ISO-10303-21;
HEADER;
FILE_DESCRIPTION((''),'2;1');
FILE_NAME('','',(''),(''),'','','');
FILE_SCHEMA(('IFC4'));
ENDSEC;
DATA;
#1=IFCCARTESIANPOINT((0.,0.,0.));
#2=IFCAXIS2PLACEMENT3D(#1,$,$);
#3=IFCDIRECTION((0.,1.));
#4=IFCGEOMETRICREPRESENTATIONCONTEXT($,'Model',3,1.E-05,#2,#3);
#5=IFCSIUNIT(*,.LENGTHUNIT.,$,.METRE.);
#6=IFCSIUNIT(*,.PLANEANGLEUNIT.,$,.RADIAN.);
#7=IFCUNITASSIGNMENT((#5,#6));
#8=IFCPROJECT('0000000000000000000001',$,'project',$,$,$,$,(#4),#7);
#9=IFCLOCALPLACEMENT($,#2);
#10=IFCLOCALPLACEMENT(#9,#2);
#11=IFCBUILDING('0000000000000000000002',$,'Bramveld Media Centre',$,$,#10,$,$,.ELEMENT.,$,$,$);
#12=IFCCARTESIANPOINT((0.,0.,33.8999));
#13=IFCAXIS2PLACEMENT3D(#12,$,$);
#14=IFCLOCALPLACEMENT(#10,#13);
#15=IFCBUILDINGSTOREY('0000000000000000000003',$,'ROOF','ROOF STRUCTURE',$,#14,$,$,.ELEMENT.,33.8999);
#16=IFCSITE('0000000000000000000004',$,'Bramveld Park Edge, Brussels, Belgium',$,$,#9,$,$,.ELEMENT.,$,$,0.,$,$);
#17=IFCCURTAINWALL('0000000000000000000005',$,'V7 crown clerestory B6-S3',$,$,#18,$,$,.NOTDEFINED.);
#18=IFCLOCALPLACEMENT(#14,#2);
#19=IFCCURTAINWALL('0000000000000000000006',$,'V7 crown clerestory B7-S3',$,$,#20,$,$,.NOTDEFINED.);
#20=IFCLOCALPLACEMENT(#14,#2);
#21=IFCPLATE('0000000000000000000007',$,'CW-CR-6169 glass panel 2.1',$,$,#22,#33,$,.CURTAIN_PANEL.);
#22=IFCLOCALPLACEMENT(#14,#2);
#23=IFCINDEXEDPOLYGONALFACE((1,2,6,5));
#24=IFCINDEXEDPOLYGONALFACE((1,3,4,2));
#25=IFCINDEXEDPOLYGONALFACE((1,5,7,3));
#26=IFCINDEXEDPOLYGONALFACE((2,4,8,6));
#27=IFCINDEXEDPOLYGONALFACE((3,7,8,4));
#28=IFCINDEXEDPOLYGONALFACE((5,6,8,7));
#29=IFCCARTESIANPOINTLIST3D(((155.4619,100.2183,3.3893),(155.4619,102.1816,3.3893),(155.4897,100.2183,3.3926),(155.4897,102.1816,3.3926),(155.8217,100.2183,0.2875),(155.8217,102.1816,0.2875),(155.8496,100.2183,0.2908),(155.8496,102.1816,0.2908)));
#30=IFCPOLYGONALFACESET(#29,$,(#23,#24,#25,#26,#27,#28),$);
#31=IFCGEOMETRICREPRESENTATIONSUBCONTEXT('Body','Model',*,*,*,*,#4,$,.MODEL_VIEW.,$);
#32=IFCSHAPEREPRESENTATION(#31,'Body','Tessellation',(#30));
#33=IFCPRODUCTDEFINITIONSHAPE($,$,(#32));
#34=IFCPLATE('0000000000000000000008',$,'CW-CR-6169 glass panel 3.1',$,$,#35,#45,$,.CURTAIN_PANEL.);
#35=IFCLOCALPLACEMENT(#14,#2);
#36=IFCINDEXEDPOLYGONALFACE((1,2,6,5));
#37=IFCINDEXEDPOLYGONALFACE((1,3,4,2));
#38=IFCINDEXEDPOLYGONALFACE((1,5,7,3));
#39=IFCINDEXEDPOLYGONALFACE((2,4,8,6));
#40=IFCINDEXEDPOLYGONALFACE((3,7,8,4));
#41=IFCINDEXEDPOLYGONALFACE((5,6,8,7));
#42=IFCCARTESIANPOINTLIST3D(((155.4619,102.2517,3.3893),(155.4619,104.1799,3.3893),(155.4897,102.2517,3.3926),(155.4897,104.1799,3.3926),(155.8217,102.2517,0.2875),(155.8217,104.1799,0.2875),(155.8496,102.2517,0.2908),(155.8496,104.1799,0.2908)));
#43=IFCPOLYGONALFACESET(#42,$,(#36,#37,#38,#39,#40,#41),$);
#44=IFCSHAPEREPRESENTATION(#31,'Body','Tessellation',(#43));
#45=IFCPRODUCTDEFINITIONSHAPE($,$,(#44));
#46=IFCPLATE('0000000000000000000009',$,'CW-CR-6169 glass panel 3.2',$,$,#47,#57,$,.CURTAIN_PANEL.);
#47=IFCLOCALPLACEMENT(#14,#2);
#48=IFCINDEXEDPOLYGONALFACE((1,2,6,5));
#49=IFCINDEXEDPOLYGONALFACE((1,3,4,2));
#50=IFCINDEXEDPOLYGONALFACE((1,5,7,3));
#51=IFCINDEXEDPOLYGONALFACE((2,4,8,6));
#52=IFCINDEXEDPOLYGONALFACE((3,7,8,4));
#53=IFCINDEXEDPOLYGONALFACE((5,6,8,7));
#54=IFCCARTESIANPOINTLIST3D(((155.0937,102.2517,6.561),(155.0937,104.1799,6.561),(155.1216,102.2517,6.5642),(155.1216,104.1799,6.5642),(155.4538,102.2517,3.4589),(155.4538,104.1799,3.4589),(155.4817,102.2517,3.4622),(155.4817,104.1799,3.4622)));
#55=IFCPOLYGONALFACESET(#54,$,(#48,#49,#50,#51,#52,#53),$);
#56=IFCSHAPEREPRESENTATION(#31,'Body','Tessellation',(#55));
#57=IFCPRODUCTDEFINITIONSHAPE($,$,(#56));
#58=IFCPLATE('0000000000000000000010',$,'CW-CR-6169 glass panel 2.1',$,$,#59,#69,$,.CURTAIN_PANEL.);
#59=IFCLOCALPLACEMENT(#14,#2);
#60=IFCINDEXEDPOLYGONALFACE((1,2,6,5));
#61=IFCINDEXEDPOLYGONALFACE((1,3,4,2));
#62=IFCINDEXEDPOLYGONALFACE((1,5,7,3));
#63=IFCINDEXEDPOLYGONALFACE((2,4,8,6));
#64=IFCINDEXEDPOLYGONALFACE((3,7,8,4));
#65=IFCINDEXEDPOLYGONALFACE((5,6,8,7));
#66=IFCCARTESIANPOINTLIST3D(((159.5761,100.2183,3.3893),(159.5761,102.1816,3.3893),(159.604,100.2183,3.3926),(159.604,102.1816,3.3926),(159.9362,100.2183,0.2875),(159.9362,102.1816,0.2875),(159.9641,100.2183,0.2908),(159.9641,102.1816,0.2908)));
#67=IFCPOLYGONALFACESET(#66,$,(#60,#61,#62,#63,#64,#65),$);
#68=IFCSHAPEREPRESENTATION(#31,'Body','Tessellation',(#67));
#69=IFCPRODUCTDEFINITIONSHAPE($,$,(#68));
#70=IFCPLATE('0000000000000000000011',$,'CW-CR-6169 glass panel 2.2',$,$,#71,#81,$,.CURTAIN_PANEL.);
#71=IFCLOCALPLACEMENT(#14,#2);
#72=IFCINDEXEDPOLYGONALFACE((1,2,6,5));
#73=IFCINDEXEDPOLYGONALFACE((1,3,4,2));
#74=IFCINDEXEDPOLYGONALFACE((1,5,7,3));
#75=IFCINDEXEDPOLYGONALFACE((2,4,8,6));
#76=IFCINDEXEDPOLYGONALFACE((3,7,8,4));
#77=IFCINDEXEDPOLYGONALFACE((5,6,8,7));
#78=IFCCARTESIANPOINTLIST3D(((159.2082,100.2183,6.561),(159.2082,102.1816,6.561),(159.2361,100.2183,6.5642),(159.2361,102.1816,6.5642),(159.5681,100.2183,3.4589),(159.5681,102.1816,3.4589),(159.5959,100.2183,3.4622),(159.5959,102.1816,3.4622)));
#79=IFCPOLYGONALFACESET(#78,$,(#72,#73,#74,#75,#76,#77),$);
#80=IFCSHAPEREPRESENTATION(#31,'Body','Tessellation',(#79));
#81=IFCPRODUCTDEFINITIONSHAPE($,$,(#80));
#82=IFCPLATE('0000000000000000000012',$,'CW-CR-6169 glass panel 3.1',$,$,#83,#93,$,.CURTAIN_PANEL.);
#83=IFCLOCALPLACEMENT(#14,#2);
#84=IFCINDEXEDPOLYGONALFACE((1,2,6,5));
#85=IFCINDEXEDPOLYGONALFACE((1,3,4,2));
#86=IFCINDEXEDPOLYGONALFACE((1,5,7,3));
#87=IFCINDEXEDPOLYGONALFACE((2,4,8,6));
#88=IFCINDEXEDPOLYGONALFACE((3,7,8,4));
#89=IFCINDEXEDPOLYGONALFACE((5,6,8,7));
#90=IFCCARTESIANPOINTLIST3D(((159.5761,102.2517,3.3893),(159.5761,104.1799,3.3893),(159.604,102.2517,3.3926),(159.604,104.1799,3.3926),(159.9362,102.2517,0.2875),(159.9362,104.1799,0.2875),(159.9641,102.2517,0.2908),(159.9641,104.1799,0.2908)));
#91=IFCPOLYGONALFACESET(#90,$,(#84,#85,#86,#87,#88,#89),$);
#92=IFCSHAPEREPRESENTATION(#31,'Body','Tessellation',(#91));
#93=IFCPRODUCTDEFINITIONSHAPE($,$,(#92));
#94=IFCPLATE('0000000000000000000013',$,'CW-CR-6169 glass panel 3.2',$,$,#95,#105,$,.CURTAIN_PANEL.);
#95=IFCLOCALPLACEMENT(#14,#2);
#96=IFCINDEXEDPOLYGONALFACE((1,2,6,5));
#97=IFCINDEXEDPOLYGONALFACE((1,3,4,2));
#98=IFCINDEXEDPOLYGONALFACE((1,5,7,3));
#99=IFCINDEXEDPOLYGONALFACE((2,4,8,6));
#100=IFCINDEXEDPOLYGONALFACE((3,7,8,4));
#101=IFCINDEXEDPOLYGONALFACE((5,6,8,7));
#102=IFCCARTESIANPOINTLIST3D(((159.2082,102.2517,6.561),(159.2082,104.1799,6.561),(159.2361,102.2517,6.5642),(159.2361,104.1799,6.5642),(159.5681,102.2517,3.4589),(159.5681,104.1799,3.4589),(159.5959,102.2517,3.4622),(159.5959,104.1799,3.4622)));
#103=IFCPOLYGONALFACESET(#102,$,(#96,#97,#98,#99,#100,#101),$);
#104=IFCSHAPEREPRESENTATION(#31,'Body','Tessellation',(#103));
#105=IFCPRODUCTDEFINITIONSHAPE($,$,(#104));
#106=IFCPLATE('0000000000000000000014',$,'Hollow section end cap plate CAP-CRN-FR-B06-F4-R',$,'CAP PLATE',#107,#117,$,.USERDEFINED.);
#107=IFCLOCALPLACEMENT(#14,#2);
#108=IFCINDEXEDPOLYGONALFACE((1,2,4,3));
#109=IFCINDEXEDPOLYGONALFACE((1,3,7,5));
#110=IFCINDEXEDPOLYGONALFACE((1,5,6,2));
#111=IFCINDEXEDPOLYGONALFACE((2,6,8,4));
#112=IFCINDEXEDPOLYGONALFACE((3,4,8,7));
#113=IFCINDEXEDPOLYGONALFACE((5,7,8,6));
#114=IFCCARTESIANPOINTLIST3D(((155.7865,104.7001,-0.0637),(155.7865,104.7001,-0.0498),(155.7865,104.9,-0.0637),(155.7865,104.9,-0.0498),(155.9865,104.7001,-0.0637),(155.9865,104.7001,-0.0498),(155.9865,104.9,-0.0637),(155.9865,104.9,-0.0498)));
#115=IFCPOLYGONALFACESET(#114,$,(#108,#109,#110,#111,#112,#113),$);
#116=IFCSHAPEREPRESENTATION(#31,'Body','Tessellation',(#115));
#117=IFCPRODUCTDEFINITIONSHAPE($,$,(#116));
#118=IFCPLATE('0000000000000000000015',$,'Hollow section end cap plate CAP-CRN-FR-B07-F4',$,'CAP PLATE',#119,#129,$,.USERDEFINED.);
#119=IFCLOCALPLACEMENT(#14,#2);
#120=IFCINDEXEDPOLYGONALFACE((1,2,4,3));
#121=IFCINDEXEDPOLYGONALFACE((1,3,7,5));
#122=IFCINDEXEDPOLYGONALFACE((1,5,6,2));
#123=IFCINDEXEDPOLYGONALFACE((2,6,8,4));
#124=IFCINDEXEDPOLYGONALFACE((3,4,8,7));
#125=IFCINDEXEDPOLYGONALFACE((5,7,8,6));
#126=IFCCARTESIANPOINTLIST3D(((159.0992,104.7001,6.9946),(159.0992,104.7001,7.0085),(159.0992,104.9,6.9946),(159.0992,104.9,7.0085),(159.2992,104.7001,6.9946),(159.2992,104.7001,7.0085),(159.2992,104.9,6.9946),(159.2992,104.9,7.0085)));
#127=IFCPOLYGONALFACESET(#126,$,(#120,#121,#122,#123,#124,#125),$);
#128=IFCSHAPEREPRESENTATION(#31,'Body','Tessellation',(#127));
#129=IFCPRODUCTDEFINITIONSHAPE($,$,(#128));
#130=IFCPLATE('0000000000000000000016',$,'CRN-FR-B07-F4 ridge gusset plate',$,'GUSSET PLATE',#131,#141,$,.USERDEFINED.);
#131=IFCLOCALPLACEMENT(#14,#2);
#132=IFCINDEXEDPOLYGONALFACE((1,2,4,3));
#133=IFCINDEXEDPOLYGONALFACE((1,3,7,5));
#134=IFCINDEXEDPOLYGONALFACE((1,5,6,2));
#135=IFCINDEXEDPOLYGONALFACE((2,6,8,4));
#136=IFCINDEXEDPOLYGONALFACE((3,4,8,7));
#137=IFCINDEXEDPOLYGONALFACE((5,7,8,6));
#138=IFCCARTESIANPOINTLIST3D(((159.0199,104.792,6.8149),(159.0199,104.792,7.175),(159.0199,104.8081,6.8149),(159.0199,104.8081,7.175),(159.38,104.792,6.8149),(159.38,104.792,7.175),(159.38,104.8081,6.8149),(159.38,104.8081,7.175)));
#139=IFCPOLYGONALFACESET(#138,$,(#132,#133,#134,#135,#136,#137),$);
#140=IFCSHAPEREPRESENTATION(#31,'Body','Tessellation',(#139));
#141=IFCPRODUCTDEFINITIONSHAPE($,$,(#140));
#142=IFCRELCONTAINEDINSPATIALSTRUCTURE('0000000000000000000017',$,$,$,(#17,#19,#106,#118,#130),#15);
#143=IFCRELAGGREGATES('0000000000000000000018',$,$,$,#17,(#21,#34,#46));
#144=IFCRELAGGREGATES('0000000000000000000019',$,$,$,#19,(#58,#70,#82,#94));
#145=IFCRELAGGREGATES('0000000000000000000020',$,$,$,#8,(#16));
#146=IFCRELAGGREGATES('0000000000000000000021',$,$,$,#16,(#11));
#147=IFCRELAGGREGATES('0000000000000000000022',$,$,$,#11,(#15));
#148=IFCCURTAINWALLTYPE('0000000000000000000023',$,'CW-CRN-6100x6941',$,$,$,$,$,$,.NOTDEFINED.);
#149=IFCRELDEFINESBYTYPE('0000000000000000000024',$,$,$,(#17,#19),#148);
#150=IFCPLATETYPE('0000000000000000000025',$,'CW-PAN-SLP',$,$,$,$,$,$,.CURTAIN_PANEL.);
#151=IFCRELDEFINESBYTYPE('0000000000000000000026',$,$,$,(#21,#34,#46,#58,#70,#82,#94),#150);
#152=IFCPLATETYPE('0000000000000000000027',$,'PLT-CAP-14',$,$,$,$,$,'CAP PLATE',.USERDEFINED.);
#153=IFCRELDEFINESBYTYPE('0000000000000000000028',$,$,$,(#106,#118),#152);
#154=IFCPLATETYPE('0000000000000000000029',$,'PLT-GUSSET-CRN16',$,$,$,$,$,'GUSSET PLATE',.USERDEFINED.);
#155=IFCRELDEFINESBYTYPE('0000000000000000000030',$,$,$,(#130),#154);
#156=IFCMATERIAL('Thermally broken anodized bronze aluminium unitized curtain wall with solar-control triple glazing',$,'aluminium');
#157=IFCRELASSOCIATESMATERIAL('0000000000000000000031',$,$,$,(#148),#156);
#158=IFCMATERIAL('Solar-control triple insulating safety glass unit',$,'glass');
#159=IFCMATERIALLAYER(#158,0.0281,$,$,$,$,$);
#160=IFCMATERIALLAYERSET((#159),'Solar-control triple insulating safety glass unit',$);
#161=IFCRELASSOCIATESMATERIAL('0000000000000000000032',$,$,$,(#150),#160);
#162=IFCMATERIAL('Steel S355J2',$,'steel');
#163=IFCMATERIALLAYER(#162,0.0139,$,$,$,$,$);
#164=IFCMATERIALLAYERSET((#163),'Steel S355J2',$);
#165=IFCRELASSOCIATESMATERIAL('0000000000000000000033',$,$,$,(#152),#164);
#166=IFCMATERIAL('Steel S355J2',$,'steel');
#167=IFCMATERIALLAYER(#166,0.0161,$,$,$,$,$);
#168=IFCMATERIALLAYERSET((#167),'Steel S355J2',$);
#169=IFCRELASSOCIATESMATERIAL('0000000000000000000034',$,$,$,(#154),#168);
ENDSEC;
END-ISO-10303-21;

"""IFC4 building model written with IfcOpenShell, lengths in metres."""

from ifc_helpers import new_model, si_unit, direction, frame, origin, origin_2d, place, context, subcontext, project, spatial, polyline, rectangle, outline, extrude, material, layer, layer_set, type_object, element, aggregate, save


model = new_model("IFC4")

# Units and contexts
model_context = context("Model", 3, precision=1e-05, world=origin(), true_north=direction((0.0, 1.0)))
body_context = subcontext(model_context, "Body", "Model", "MODEL_VIEW")
ifc_project = project(units=[si_unit("LENGTHUNIT", "METRE"), si_unit("PLANEANGLEUNIT", "RADIAN")], contexts=[model_context])

# Site, building, storey
site_placement = place(None, origin())
site = spatial("IfcSite", under=ifc_project, at=site_placement, Name="Bramveld Park Edge, Brussels, Belgium", CompositionType="ELEMENT", RefElevation=0.0)
building_placement = place(site_placement, origin())
building = spatial("IfcBuilding", under=site, at=building_placement, Name="Bramveld Media Centre", CompositionType="ELEMENT")
storey_placement = place(building_placement, frame((0.0, 0.0, 33.8999)))
storey = spatial("IfcBuildingStorey", under=building, at=storey_placement, Name="ROOF", Description="ROOF STRUCTURE", CompositionType="ELEMENT", Elevation=33.8999)

# Curtain walls
ifc_material_1 = material(Name="Thermally broken anodized bronze aluminium unitized curtain wall with solar-control triple glazing", Category="aluminium")
curtain_wall_type = type_object("IfcCurtainWallType", Name="CW-CRN-6100x6941", PredefinedType="NOTDEFINED", material=ifc_material_1)
curtain_wall_1_placement = place(storey_placement, origin())
curtain_wall_1 = element("IfcCurtainWall", 1, at=curtain_wall_1_placement, inside=storey, type_object=curtain_wall_type, Name="V7 crown clerestory B6-S3", PredefinedType="NOTDEFINED")
curtain_wall_2_placement = place(storey_placement, origin())
curtain_wall_2 = element("IfcCurtainWall", 2, at=curtain_wall_2_placement, inside=storey, type_object=curtain_wall_type, Name="V7 crown clerestory B7-S3", PredefinedType="NOTDEFINED")

# Plates
ifc_material_2 = material(Name="Solar-control triple insulating safety glass unit", Category="glass")
ifc_layer_1 = layer(ifc_material_2, 0.0281)
ifc_layer_set_1 = layer_set([ifc_layer_1], Name="Solar-control triple insulating safety glass unit")
plate_type_1 = type_object("IfcPlateType", Name="CW-PAN-SLP", PredefinedType="CURTAIN_PANEL", material=ifc_layer_set_1)
plate_1_placement = place(storey_placement, frame((155.8496, 100.2183, 0.2908), z_axis=(0.993337, 0.0, 0.115244), x_axis=(0.0, 1.0, 0.0)))
plate_1 = element("IfcPlate", 3, at=plate_1_placement, type_object=plate_type_1, Name="CW-CR-6169 glass panel 2.1", PredefinedType="CURTAIN_PANEL", context=body_context, shape_type="SweptSolid", body=[
    extrude(outline(polyline([(0.0, 0.0), (1.9634, 0.0), (1.9634, 3.1226), (0.0, 3.1226), (0.0, 0.0)])), origin(), (0.0, 0.0, -1.0), 0.0281),
])
plate_2_placement = place(storey_placement, frame((155.8496, 102.2517, 0.2908), z_axis=(0.993337, 0.0, 0.115244), x_axis=(0.0, 1.0, 0.0)))
plate_2 = element("IfcPlate", 4, at=plate_2_placement, type_object=plate_type_1, Name="CW-CR-6169 glass panel 3.1", PredefinedType="CURTAIN_PANEL", context=body_context, shape_type="SweptSolid", body=[
    extrude(outline(polyline([(0.0, 0.0), (1.9282, 0.0), (1.9282, 3.1226), (0.0, 3.1226), (0.0, 0.0)])), origin(), (0.0, 0.0, -1.0), 0.0281),
])
plate_3_placement = place(storey_placement, frame((155.4817, 102.2517, 3.4622), z_axis=(0.993329, 0.0, 0.115313), x_axis=(0.0, 1.0, 0.0)))
plate_3 = element("IfcPlate", 5, at=plate_3_placement, type_object=plate_type_1, Name="CW-CR-6169 glass panel 3.2", PredefinedType="CURTAIN_PANEL", context=body_context, shape_type="SweptSolid", body=[
    extrude(outline(polyline([(0.0, 0.0), (1.9282, 0.0), (1.9282, 3.1229), (0.0, 3.1229), (0.0, 0.0)])), origin(), (0.0, 0.0, -1.0), 0.0281),
])
aggregate(curtain_wall_1, [plate_1, plate_2, plate_3])
plate_4_placement = place(storey_placement, frame((159.9641, 100.2183, 0.2908), z_axis=(0.993328, 0.0, 0.115321), x_axis=(0.0, 1.0, 0.0)))
plate_4 = element("IfcPlate", 6, at=plate_4_placement, type_object=plate_type_1, Name="CW-CR-6169 glass panel 2.1", PredefinedType="CURTAIN_PANEL", context=body_context, shape_type="SweptSolid", body=[
    extrude(outline(polyline([(0.0, 0.0), (1.9634, 0.0), (1.9634, 3.1226), (0.0, 3.1226), (0.0, 0.0)])), origin(), (0.0, 0.0, -1.0), 0.0281),
])
plate_5_placement = place(storey_placement, frame((159.5959, 100.2183, 3.4622), z_axis=(0.993338, 0.0, 0.115235), x_axis=(0.0, 1.0, 0.0)))
plate_5 = element("IfcPlate", 7, at=plate_5_placement, type_object=plate_type_1, Name="CW-CR-6169 glass panel 2.2", PredefinedType="CURTAIN_PANEL", context=body_context, shape_type="SweptSolid", body=[
    extrude(outline(polyline([(0.0, 0.0), (1.9634, 0.0), (1.9634, 3.1229), (0.0, 3.1229), (0.0, 0.0)])), origin(), (0.0, 0.0, -1.0), 0.0281),
])
plate_6_placement = place(storey_placement, frame((159.9641, 102.2517, 0.2908), z_axis=(0.993328, 0.0, 0.115321), x_axis=(0.0, 1.0, 0.0)))
plate_6 = element("IfcPlate", 8, at=plate_6_placement, type_object=plate_type_1, Name="CW-CR-6169 glass panel 3.1", PredefinedType="CURTAIN_PANEL", context=body_context, shape_type="SweptSolid", body=[
    extrude(outline(polyline([(0.0, 0.0), (1.9282, 0.0), (1.9282, 3.1226), (0.0, 3.1226), (0.0, 0.0)])), origin(), (0.0, 0.0, -1.0), 0.0281),
])
plate_7_placement = place(storey_placement, frame((159.5959, 102.2517, 3.4622), z_axis=(0.993338, 0.0, 0.115235), x_axis=(0.0, 1.0, 0.0)))
plate_7 = element("IfcPlate", 9, at=plate_7_placement, type_object=plate_type_1, Name="CW-CR-6169 glass panel 3.2", PredefinedType="CURTAIN_PANEL", context=body_context, shape_type="SweptSolid", body=[
    extrude(outline(polyline([(0.0, 0.0), (1.9282, 0.0), (1.9282, 3.1229), (0.0, 3.1229), (0.0, 0.0)])), origin(), (0.0, 0.0, -1.0), 0.0281),
])
aggregate(curtain_wall_2, [plate_4, plate_5, plate_6, plate_7])

# Plates
ifc_material_3 = material(Name="Steel S355J2", Category="steel")
ifc_layer_2 = layer(ifc_material_3, 0.0139)
ifc_layer_set_2 = layer_set([ifc_layer_2], Name="Steel S355J2")
plate_type_2 = type_object("IfcPlateType", Name="PLT-CAP-14", ElementType="CAP PLATE", PredefinedType="USERDEFINED", material=ifc_layer_set_2)
for number, where, z_axis, x_axis, name in (
    (10, (155.8865, 104.8, -0.0498), (0.0, 0.0, -1.0), (1.0, 0.0, 0.0), "Hollow section end cap plate CAP-CRN-FR-B06-F4-R"),
    (11, (159.1992, 104.8, 6.9946), (0.0, 0.0, 1.0), (1.0, 0.0, 0.0), "Hollow section end cap plate CAP-CRN-FR-B07-F4"),
):
    element("IfcPlate", number, at=place(storey_placement, frame(where, z_axis=z_axis, x_axis=x_axis)), inside=storey, type_object=plate_type_2, Name=name, ObjectType="CAP PLATE", PredefinedType="USERDEFINED", context=body_context, shape_type="SweptSolid", body=[
        extrude(rectangle(XDim=0.2, YDim=0.2, at=origin_2d()), origin(), (0.0, 0.0, 1.0), 0.0139),
    ])
ifc_material_4 = material(Name="Steel S355J2", Category="steel")
ifc_layer_3 = layer(ifc_material_4, 0.0161)
ifc_layer_set_3 = layer_set([ifc_layer_3], Name="Steel S355J2")
plate_type_3 = type_object("IfcPlateType", Name="PLT-GUSSET-CRN16", ElementType="GUSSET PLATE", PredefinedType="USERDEFINED", material=ifc_layer_set_3)
plate_8_placement = place(storey_placement, frame((159.2, 104.8, 6.8149), z_axis=(0.0, 0.0, 1.0), x_axis=(1.0, 0.0, 0.0)))
element("IfcPlate", 12, at=plate_8_placement, inside=storey, type_object=plate_type_3, Name="CRN-FR-B07-F4 ridge gusset plate", ObjectType="GUSSET PLATE", PredefinedType="USERDEFINED", context=body_context, shape_type="SweptSolid", body=[
    extrude(rectangle(XDim=0.3601, YDim=0.0161, at=origin_2d()), origin(), (0.0, 0.0, 1.0), 0.3601),
])

save(model, "model.ifc")
